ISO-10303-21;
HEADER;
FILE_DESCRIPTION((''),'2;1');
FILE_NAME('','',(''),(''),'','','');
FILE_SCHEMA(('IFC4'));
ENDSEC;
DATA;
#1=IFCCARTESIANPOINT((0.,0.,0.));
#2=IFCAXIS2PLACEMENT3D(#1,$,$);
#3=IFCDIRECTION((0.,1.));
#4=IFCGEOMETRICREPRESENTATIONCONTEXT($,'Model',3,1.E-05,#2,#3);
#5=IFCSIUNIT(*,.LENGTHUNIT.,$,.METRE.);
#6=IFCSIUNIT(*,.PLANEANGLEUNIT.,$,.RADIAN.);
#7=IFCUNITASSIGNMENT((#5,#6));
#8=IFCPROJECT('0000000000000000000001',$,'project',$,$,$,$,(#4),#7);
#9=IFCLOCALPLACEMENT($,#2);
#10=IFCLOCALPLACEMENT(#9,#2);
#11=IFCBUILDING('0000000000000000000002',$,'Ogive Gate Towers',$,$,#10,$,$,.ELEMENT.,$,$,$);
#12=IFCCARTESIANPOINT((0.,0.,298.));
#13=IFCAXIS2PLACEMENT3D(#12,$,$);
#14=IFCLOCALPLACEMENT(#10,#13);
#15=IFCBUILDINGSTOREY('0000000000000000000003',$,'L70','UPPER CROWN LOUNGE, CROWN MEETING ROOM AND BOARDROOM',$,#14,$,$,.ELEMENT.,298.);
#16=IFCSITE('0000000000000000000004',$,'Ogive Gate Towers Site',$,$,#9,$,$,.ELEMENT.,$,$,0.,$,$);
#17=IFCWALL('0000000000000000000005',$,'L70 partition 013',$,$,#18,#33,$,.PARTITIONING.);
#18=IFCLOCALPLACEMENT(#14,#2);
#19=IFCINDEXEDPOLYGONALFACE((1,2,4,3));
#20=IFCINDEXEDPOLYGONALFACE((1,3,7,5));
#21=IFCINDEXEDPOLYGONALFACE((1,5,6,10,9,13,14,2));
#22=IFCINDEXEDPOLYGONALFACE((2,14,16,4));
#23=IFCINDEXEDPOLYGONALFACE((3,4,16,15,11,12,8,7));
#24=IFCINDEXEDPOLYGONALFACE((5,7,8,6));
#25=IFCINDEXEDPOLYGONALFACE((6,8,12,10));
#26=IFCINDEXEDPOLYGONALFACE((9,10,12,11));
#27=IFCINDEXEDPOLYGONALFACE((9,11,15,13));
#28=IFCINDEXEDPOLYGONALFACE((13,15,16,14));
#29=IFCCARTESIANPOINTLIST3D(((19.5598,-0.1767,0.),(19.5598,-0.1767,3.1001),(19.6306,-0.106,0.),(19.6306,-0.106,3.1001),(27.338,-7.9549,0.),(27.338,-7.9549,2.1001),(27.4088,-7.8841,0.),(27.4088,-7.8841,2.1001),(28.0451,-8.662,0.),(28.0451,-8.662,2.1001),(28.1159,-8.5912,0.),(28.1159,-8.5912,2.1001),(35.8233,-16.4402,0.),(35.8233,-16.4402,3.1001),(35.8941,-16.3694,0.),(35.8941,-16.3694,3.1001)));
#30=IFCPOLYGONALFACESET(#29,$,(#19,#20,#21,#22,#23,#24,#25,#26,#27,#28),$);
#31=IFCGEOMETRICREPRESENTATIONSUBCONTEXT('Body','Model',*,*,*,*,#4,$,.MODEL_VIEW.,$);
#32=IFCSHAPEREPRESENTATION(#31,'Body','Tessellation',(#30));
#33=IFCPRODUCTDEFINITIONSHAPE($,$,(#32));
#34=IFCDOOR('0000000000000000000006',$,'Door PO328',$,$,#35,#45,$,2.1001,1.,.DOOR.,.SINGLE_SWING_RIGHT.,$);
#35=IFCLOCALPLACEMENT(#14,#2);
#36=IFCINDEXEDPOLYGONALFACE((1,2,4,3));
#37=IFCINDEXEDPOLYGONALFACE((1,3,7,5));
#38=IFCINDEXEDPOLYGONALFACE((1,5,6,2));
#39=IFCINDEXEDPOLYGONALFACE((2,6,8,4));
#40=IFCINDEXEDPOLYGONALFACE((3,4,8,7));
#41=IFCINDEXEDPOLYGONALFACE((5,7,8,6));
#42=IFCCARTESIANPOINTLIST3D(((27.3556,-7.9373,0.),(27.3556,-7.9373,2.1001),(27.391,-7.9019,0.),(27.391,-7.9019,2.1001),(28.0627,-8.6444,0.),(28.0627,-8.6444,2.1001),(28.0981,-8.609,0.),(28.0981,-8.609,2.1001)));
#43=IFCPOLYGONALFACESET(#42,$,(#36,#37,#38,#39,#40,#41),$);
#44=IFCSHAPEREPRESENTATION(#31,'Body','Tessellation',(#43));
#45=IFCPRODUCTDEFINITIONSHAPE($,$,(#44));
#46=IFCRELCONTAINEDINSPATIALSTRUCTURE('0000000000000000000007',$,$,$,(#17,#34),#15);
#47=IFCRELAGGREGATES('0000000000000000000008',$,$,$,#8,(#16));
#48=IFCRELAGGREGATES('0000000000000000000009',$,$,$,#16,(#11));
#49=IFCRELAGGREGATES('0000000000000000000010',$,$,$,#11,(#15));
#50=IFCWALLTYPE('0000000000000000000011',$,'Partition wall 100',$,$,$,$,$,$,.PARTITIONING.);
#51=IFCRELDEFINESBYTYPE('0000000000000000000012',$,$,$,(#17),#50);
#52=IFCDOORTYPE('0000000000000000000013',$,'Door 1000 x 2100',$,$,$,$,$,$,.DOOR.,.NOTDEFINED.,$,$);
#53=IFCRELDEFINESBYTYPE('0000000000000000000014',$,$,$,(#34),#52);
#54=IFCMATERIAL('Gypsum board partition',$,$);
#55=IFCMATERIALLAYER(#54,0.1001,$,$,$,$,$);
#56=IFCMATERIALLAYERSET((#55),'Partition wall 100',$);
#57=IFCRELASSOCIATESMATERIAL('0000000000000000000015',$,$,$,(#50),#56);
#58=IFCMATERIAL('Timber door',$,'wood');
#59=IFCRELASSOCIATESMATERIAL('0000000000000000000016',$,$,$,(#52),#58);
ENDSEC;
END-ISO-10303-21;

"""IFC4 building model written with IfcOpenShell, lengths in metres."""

from ifc_helpers import new_model, si_unit, direction, frame, frame_2d, origin, place, context, subcontext, project, spatial, rectangle, extrude, material, layer, layer_set, type_object, element, fill, save


model = new_model("IFC4")

# Units and contexts
model_context = context("Model", 3, precision=1e-05, world=origin(), true_north=direction((0.0, 1.0)))
body_context = subcontext(model_context, "Body", "Model", "MODEL_VIEW")
ifc_project = project(units=[si_unit("LENGTHUNIT", "METRE"), si_unit("PLANEANGLEUNIT", "RADIAN")], contexts=[model_context])

# Site, building, storey
site_placement = place(None, origin())
site = spatial("IfcSite", under=ifc_project, at=site_placement, Name="Ogive Gate Towers Site", CompositionType="ELEMENT", RefElevation=0.0)
building_placement = place(site_placement, origin())
building = spatial("IfcBuilding", under=site, at=building_placement, Name="Ogive Gate Towers", CompositionType="ELEMENT")
storey_placement = place(building_placement, frame((0.0, 0.0, 298.0)))
storey = spatial("IfcBuildingStorey", under=building, at=storey_placement, Name="L70", Description="UPPER CROWN LOUNGE, CROWN MEETING ROOM AND BOARDROOM", CompositionType="ELEMENT", Elevation=298.0)

# Shared definitions
ifc_material_1 = material(Name="Gypsum board partition")
ifc_layer_1 = layer(ifc_material_1, 0.1001)
ifc_layer_set_1 = layer_set([ifc_layer_1], Name="Partition wall 100")
wall_type = type_object("IfcWallType", Name="Partition wall 100", PredefinedType="PARTITIONING", material=ifc_layer_set_1)

# Wall, opening, door
wall_1_placement = place(storey_placement, frame((19.5952, -0.1414, 0.0), z_axis=(0.0, 0.0, 1.0), x_axis=(0.707107, -0.707107, 0.0)))
wall_1 = element("IfcWall", 1, at=wall_1_placement, inside=storey, type_object=wall_type, Name="L70 partition 013", PredefinedType="PARTITIONING", context=body_context, shape_type="SweptSolid", body=[
    extrude(rectangle(XDim=23.0, YDim=0.1001, at=frame_2d((11.5, 0.0))), origin(), (0.0, 0.0, 1.0), 3.1001),
])
opening_placement = place(wall_1_placement, frame((11.0, 0.0, 0.0)))
opening = element("IfcOpeningElement", 2, at=opening_placement, cuts=wall_1, PredefinedType="OPENING", context=body_context, shape_type="SweptSolid", body=[
    extrude(rectangle(XDim=1.0, YDim=2.1001, at=frame_2d((0.5, 1.05))), frame((0.0, 0.0601, 0.0), z_axis=(0.0, -1.0, 0.0), x_axis=(1.0, 0.0, 0.0)), (0.0, 0.0, 1.0), 0.1201),
])
ifc_material_2 = material(Name="Timber door", Category="wood")
door_type = type_object("IfcDoorType", Name="Door 1000 x 2100", OperationType="NOTDEFINED", PredefinedType="DOOR", material=ifc_material_2)
door_placement = place(opening_placement, origin())
door = element("IfcDoor", 3, at=door_placement, inside=storey, type_object=door_type, Name="Door PO328", OperationType="SINGLE_SWING_RIGHT", OverallHeight=2.1001, OverallWidth=1.0, PredefinedType="DOOR", context=body_context, shape_type="SweptSolid", body=[
    extrude(rectangle(XDim=1.0, YDim=2.1001, at=frame_2d((0.5, 1.05))), frame((0.0, 0.0249, 0.0), z_axis=(0.0, -1.0, 0.0), x_axis=(1.0, 0.0, 0.0)), (0.0, 0.0, 1.0), 0.05),
])
fill(opening, door)

save(model, "model.ifc")
